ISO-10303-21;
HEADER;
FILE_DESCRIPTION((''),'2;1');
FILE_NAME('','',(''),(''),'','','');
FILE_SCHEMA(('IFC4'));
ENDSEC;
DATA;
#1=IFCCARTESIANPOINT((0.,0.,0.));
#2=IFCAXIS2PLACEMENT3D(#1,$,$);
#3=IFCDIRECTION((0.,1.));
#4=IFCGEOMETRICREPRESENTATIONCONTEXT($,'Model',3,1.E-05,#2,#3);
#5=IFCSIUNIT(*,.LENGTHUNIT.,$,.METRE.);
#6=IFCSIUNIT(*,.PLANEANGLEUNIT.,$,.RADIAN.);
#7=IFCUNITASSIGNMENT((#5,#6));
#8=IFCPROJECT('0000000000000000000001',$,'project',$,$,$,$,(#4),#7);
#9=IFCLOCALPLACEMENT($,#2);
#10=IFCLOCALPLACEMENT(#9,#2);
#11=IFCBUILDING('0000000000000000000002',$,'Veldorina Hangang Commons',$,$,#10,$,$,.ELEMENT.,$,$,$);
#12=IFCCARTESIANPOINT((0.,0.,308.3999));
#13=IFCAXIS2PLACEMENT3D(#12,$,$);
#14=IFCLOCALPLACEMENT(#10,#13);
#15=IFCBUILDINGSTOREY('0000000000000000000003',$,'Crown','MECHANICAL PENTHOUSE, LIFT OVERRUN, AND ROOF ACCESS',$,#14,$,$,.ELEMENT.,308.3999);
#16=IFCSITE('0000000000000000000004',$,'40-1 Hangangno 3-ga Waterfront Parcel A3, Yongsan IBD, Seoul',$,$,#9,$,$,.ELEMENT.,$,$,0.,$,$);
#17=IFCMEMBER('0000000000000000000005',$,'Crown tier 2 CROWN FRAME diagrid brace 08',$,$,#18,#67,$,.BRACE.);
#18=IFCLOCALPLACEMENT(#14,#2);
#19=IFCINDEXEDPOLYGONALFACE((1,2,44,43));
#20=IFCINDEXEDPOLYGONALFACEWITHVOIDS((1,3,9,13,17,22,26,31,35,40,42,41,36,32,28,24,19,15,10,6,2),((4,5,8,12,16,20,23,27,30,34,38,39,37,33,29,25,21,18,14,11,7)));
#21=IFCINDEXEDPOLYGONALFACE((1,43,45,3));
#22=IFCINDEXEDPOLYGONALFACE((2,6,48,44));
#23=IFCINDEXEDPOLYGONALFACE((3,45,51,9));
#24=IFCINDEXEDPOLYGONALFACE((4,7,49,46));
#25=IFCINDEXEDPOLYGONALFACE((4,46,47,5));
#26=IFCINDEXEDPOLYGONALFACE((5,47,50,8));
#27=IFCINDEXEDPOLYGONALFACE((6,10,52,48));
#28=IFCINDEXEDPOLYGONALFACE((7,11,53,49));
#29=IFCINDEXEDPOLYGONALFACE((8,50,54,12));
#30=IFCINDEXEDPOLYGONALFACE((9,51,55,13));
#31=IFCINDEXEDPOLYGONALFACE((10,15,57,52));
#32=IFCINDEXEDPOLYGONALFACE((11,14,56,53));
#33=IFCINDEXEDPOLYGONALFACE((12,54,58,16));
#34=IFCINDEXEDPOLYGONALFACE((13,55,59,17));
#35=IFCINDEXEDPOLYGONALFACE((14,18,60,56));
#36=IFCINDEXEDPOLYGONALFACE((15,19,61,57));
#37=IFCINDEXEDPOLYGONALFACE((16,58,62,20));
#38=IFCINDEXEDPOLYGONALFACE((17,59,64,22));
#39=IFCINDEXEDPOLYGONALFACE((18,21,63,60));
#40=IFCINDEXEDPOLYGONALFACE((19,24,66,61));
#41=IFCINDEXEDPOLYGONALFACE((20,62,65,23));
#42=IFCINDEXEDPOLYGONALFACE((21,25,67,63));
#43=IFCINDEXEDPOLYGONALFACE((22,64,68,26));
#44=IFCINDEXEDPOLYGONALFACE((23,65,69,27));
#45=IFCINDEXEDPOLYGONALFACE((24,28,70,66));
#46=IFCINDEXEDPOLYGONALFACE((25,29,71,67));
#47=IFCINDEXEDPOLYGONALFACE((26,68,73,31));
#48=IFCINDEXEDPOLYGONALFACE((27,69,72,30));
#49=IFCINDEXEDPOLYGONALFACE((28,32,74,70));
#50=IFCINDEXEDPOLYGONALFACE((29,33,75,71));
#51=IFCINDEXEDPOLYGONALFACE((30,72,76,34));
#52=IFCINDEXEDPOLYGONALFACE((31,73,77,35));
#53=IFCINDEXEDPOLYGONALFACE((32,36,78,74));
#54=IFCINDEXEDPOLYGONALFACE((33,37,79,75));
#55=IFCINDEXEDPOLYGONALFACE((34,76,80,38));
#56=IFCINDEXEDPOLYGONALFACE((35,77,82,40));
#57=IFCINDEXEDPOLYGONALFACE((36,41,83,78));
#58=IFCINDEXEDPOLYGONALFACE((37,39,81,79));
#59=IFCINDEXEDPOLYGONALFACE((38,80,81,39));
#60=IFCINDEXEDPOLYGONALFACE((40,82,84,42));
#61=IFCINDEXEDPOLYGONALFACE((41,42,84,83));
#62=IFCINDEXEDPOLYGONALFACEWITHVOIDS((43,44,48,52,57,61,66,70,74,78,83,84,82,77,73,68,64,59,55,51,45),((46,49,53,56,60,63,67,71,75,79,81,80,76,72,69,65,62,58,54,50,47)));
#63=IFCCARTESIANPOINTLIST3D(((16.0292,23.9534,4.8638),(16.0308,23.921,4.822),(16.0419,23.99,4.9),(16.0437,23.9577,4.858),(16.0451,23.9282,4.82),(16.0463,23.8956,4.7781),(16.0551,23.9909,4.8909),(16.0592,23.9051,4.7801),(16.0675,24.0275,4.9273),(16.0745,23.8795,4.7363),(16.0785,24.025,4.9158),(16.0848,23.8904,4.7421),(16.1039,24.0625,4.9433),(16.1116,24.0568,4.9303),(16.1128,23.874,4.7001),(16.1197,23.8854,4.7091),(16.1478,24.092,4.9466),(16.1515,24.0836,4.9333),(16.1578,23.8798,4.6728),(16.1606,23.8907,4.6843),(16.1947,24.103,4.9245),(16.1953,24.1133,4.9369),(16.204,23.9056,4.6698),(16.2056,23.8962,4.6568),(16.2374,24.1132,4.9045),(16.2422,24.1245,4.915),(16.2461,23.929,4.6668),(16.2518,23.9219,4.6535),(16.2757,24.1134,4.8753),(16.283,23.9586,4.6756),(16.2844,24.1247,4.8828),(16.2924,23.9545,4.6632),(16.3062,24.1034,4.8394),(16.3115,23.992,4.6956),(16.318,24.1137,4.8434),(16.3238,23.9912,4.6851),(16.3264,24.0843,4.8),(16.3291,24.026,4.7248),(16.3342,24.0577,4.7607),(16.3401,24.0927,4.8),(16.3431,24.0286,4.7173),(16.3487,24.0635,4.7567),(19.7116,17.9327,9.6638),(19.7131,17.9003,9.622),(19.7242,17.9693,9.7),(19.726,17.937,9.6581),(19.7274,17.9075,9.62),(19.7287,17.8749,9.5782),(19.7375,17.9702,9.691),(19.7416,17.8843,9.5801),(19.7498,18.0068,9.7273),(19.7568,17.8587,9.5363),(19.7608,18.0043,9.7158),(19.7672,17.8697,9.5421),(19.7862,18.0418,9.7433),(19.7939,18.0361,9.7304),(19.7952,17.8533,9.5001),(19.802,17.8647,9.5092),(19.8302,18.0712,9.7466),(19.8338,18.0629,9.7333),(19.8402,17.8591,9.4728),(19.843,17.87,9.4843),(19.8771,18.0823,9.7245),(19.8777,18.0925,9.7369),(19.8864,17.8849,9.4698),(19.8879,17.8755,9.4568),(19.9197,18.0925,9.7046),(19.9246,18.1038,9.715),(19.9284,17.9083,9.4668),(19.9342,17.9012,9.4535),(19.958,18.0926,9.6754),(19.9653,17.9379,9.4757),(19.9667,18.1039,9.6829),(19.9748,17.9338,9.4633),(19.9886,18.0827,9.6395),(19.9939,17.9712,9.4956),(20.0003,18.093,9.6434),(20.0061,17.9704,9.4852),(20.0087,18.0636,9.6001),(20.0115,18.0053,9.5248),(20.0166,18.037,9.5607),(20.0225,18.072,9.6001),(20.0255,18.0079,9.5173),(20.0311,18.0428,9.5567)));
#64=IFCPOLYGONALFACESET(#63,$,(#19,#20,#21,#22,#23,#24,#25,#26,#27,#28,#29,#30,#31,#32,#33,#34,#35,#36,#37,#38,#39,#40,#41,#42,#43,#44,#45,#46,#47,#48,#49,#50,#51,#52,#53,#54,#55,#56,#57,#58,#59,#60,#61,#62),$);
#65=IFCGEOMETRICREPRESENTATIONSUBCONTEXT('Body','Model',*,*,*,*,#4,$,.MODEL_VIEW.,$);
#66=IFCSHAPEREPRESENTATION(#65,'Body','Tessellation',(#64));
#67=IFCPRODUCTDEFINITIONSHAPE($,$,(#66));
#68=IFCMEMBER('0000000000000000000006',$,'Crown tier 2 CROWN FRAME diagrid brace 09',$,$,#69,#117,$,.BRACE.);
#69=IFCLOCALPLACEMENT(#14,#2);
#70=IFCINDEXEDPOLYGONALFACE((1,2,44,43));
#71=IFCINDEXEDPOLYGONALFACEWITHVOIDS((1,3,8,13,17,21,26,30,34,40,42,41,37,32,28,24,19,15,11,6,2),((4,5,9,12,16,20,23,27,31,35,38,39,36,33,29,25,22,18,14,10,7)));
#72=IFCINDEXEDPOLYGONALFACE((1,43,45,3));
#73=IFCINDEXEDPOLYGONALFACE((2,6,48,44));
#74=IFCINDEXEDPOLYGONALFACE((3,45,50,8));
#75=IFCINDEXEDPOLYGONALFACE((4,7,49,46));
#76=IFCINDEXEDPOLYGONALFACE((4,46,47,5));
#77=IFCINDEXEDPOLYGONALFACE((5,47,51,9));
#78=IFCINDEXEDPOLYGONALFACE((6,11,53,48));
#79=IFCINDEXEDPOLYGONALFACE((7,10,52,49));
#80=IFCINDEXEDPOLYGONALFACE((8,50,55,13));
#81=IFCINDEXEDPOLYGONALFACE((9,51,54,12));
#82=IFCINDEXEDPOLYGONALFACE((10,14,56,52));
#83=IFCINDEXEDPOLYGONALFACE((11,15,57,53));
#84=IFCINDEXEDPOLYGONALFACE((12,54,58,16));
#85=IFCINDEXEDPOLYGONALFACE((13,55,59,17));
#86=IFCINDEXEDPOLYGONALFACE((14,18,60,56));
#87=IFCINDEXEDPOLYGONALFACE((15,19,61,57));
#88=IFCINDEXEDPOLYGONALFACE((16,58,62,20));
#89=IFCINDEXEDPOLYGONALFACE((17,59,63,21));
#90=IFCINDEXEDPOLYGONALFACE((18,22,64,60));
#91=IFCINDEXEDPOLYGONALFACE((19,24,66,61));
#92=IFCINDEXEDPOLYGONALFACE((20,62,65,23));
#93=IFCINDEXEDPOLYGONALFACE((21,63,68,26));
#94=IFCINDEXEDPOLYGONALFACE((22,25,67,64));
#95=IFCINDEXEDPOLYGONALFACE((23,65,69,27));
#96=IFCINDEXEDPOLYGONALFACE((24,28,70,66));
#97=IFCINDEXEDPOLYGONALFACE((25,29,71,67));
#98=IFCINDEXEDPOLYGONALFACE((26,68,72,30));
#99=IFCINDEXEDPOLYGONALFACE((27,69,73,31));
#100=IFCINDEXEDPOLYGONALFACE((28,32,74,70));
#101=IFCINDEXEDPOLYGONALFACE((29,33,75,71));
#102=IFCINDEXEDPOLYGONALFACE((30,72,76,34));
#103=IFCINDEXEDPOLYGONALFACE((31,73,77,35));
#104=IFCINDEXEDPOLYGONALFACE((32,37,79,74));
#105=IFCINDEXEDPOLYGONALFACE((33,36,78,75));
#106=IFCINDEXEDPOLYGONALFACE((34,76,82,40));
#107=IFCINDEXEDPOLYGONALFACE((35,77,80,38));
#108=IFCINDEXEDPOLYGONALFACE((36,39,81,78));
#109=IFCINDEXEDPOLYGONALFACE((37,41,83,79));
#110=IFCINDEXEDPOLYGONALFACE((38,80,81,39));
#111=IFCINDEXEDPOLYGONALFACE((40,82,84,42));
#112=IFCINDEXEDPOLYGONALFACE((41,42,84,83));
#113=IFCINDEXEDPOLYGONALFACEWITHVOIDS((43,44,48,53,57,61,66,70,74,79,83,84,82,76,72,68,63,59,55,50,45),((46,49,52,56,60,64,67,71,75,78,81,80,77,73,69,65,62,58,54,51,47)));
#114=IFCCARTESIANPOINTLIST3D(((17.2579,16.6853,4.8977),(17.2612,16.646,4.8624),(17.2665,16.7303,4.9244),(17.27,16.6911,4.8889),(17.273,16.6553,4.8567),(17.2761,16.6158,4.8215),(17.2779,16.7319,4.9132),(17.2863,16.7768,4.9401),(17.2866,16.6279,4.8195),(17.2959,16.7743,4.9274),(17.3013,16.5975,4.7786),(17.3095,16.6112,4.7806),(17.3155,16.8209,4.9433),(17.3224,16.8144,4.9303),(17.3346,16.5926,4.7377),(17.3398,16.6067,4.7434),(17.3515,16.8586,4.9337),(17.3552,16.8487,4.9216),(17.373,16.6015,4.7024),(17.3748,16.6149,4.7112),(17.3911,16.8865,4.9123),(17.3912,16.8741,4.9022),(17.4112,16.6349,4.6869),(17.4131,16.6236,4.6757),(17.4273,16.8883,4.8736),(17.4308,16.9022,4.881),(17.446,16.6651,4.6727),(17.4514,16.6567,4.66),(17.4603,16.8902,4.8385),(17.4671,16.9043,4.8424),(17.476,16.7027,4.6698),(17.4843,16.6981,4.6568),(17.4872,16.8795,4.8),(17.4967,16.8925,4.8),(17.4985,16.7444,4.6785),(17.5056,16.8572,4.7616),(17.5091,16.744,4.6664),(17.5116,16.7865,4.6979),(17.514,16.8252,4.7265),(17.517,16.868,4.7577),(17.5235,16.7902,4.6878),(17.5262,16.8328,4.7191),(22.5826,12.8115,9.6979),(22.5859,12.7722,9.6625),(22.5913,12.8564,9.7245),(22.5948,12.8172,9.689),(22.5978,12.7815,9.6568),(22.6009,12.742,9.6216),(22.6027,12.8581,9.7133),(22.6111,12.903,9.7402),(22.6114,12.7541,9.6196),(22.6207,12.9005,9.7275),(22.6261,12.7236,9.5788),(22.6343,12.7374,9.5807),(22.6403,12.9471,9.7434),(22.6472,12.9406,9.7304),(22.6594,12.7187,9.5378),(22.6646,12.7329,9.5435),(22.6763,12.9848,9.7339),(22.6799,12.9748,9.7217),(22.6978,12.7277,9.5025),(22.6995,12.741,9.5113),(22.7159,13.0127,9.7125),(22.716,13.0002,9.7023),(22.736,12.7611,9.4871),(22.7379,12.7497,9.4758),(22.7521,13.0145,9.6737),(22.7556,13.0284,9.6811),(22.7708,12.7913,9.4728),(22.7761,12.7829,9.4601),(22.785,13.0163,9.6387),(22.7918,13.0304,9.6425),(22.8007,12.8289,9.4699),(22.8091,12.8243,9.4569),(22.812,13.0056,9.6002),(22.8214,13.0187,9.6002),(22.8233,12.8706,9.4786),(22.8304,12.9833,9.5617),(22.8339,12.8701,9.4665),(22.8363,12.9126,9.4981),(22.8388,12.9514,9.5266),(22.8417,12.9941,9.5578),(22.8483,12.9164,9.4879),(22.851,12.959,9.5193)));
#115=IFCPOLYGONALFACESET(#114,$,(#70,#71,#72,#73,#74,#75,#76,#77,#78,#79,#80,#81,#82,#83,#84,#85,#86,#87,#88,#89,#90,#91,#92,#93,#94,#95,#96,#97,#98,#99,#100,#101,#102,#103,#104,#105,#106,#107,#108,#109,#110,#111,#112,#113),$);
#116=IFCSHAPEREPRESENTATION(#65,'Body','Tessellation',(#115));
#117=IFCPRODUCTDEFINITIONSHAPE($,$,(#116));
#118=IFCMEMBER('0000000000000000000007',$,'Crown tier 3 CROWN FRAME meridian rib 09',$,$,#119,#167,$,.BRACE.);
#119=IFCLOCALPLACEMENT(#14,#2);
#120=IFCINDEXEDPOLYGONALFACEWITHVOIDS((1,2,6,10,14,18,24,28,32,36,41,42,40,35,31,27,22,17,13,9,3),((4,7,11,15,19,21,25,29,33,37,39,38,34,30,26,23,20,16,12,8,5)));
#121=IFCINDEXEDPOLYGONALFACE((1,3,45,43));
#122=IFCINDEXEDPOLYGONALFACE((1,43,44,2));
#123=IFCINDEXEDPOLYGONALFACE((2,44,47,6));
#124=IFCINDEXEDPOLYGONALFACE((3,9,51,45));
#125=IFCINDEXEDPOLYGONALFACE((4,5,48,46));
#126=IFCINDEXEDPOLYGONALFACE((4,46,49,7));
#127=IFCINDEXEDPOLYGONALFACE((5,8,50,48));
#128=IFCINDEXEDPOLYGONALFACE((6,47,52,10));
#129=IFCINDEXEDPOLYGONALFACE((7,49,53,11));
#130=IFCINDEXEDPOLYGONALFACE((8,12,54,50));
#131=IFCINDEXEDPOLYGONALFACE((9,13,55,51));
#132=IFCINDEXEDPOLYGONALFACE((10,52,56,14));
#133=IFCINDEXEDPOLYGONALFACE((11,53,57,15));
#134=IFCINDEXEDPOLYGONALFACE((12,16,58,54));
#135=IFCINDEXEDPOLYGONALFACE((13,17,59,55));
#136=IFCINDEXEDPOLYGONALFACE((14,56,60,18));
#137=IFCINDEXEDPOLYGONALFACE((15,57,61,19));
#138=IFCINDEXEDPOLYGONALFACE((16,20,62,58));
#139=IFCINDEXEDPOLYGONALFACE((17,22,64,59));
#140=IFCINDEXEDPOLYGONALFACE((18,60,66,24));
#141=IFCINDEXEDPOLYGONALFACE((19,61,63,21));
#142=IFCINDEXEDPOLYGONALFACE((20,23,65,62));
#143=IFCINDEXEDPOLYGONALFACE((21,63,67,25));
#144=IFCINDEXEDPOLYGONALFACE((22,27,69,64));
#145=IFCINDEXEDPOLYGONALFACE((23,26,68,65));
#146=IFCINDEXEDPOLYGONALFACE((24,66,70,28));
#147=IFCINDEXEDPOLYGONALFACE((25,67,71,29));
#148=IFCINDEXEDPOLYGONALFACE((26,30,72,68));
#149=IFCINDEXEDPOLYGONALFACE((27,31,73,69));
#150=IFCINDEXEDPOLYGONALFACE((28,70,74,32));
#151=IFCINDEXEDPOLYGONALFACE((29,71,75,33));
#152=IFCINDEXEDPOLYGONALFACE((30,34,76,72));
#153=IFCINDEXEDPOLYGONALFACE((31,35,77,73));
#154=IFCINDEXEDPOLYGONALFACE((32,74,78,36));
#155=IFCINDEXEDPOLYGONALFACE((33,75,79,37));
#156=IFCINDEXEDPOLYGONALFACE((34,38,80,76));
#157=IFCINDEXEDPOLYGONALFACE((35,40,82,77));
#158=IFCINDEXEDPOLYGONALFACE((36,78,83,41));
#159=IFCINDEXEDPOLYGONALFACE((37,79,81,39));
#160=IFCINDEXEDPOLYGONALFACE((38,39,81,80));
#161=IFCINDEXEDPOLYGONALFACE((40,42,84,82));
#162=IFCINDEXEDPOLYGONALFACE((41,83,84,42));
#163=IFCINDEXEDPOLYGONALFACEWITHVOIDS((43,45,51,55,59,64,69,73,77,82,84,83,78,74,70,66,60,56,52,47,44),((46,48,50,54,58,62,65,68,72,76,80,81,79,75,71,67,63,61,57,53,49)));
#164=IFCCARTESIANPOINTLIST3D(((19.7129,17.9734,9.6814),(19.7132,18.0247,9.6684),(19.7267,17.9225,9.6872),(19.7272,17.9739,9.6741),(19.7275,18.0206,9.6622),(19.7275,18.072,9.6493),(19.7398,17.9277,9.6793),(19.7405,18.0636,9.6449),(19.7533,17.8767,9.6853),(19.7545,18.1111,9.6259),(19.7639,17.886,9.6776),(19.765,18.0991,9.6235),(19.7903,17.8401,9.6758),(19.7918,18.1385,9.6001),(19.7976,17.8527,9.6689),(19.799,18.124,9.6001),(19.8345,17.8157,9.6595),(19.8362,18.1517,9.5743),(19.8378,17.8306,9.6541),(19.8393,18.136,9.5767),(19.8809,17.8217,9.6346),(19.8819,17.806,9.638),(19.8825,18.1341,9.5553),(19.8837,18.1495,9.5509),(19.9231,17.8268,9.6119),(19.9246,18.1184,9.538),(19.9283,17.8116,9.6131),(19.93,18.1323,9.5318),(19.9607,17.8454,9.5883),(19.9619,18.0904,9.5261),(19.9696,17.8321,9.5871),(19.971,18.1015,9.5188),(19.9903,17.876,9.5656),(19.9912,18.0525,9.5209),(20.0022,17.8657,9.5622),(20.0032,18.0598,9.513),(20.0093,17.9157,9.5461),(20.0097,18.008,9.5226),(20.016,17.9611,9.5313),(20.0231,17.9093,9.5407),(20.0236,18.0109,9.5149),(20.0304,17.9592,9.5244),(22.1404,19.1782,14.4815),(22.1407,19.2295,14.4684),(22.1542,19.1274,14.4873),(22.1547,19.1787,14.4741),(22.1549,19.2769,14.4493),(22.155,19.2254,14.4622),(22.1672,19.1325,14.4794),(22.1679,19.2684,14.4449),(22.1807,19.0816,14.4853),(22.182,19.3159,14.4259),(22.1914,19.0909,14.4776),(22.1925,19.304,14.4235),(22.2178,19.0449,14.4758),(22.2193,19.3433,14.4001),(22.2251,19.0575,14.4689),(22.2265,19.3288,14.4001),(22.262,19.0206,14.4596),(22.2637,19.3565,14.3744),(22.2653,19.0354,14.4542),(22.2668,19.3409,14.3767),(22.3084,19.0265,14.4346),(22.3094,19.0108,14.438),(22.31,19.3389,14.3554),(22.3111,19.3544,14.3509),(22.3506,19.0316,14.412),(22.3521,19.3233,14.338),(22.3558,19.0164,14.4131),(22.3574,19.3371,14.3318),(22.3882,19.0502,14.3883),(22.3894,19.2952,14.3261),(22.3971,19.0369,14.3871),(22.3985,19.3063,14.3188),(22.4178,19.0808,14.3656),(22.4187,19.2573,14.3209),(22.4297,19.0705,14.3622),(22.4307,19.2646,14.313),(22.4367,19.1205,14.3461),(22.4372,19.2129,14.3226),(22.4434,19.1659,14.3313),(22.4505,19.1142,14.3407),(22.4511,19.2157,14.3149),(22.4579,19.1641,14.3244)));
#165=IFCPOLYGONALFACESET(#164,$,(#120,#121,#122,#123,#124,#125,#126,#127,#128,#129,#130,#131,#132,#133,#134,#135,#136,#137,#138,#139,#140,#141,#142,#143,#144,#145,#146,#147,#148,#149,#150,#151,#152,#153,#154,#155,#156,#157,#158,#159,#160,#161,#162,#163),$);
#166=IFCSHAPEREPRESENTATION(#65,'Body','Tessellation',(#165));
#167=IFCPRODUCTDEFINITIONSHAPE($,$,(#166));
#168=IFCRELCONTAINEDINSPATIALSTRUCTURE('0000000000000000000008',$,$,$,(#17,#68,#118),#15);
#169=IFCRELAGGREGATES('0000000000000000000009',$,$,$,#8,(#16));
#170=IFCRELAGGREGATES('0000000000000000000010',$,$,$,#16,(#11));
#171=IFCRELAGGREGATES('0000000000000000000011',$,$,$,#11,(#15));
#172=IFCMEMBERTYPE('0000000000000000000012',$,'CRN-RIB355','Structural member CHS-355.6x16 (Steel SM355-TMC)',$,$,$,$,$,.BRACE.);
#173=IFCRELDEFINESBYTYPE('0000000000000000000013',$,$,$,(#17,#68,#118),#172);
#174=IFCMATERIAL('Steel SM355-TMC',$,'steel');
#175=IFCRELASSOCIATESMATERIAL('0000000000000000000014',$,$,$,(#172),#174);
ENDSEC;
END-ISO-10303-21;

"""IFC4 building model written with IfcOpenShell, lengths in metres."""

from ifc_helpers import new_model, si_unit, direction, frame, origin, origin_2d, place, context, subcontext, project, spatial, hollow_circle, extrude, material, material_profile, profile_set, type_object, element, save


model = new_model("IFC4")

# Units and contexts
model_context = context("Model", 3, precision=1e-05, world=origin(), true_north=direction((0.0, 1.0)))
body_context = subcontext(model_context, "Body", "Model", "MODEL_VIEW")
ifc_project = project(units=[si_unit("LENGTHUNIT", "METRE"), si_unit("PLANEANGLEUNIT", "RADIAN")], contexts=[model_context])

# Site, building, storey
site_placement = place(None, origin())
site = spatial("IfcSite", under=ifc_project, at=site_placement, Name="40-1 Hangangno 3-ga Waterfront Parcel A3, Yongsan IBD, Seoul", CompositionType="ELEMENT", RefElevation=0.0)
building_placement = place(site_placement, origin())
building = spatial("IfcBuilding", under=site, at=building_placement, Name="Veldorina Hangang Commons", CompositionType="ELEMENT")
storey_placement = place(building_placement, frame((0.0, 0.0, 308.3999)))
storey = spatial("IfcBuildingStorey", under=building, at=storey_placement, Name="Crown", Description="MECHANICAL PENTHOUSE, LIFT OVERRUN, AND ROOF ACCESS", CompositionType="ELEMENT", Elevation=308.3999)

# Members
ifc_material_1 = material(Name="Steel SM355-TMC", Category="steel")
ifc_material_profile_1 = material_profile(ifc_material_1, hollow_circle(Radius=0.1777, WallThickness=0.0161, at=origin_2d()), Name="CHS-355.6x16")
ifc_profile_set_1 = profile_set([ifc_material_profile_1], Name="Steel SM355-TMC")
member_type_1 = type_object("IfcMemberType", Name="CRN-RIB355", Description="Structural member CHS-355.6x16 (Steel SM355-TMC)", PredefinedType="BRACE", material=ifc_profile_set_1)
member_1_placement = place(storey_placement, frame((16.1885, 24.0, 4.8), z_axis=(0.431433, -0.705402, 0.562382), x_axis=(0.853091, 0.521762, 0.0)))
element("IfcMember", 1, at=member_1_placement, inside=storey, type_object=member_type_1, Name="Crown tier 2 CROWN FRAME diagrid brace 08", PredefinedType="BRACE", context=body_context, shape_type="SweptSolid", body=[
    extrude(hollow_circle(Radius=0.1777, WallThickness=0.0161, at=origin_2d()), origin(), (0.0, 0.0, 1.0), 8.5352),
])
member_2_placement = place(storey_placement, frame((17.3921, 16.7488, 4.8), z_axis=(0.653453, -0.475394, 0.589067), x_axis=(0.588297, 0.808645, 0.0)))
element("IfcMember", 2, at=member_2_placement, inside=storey, type_object=member_type_1, Name="Crown tier 2 CROWN FRAME diagrid brace 09", PredefinedType="BRACE", context=body_context, shape_type="SweptSolid", body=[
    extrude(hollow_circle(Radius=0.1777, WallThickness=0.0161, at=origin_2d()), origin(), (0.0, 0.0, 1.0), 8.1487),
])
member_3_placement = place(storey_placement, frame((19.8708, 17.9792, 9.6001), z_axis=(0.440382, 0.218574, 0.870798), x_axis=(-0.444581, 0.895739, 0.0)))
element("IfcMember", 3, at=member_3_placement, inside=storey, type_object=member_type_1, Name="Crown tier 3 CROWN FRAME meridian rib 09", PredefinedType="BRACE", context=body_context, shape_type="SweptSolid", body=[
    extrude(hollow_circle(Radius=0.1777, WallThickness=0.0161, at=origin_2d()), origin(), (0.0, 0.0, 1.0), 5.5122),
])

save(model, "model.ifc")
